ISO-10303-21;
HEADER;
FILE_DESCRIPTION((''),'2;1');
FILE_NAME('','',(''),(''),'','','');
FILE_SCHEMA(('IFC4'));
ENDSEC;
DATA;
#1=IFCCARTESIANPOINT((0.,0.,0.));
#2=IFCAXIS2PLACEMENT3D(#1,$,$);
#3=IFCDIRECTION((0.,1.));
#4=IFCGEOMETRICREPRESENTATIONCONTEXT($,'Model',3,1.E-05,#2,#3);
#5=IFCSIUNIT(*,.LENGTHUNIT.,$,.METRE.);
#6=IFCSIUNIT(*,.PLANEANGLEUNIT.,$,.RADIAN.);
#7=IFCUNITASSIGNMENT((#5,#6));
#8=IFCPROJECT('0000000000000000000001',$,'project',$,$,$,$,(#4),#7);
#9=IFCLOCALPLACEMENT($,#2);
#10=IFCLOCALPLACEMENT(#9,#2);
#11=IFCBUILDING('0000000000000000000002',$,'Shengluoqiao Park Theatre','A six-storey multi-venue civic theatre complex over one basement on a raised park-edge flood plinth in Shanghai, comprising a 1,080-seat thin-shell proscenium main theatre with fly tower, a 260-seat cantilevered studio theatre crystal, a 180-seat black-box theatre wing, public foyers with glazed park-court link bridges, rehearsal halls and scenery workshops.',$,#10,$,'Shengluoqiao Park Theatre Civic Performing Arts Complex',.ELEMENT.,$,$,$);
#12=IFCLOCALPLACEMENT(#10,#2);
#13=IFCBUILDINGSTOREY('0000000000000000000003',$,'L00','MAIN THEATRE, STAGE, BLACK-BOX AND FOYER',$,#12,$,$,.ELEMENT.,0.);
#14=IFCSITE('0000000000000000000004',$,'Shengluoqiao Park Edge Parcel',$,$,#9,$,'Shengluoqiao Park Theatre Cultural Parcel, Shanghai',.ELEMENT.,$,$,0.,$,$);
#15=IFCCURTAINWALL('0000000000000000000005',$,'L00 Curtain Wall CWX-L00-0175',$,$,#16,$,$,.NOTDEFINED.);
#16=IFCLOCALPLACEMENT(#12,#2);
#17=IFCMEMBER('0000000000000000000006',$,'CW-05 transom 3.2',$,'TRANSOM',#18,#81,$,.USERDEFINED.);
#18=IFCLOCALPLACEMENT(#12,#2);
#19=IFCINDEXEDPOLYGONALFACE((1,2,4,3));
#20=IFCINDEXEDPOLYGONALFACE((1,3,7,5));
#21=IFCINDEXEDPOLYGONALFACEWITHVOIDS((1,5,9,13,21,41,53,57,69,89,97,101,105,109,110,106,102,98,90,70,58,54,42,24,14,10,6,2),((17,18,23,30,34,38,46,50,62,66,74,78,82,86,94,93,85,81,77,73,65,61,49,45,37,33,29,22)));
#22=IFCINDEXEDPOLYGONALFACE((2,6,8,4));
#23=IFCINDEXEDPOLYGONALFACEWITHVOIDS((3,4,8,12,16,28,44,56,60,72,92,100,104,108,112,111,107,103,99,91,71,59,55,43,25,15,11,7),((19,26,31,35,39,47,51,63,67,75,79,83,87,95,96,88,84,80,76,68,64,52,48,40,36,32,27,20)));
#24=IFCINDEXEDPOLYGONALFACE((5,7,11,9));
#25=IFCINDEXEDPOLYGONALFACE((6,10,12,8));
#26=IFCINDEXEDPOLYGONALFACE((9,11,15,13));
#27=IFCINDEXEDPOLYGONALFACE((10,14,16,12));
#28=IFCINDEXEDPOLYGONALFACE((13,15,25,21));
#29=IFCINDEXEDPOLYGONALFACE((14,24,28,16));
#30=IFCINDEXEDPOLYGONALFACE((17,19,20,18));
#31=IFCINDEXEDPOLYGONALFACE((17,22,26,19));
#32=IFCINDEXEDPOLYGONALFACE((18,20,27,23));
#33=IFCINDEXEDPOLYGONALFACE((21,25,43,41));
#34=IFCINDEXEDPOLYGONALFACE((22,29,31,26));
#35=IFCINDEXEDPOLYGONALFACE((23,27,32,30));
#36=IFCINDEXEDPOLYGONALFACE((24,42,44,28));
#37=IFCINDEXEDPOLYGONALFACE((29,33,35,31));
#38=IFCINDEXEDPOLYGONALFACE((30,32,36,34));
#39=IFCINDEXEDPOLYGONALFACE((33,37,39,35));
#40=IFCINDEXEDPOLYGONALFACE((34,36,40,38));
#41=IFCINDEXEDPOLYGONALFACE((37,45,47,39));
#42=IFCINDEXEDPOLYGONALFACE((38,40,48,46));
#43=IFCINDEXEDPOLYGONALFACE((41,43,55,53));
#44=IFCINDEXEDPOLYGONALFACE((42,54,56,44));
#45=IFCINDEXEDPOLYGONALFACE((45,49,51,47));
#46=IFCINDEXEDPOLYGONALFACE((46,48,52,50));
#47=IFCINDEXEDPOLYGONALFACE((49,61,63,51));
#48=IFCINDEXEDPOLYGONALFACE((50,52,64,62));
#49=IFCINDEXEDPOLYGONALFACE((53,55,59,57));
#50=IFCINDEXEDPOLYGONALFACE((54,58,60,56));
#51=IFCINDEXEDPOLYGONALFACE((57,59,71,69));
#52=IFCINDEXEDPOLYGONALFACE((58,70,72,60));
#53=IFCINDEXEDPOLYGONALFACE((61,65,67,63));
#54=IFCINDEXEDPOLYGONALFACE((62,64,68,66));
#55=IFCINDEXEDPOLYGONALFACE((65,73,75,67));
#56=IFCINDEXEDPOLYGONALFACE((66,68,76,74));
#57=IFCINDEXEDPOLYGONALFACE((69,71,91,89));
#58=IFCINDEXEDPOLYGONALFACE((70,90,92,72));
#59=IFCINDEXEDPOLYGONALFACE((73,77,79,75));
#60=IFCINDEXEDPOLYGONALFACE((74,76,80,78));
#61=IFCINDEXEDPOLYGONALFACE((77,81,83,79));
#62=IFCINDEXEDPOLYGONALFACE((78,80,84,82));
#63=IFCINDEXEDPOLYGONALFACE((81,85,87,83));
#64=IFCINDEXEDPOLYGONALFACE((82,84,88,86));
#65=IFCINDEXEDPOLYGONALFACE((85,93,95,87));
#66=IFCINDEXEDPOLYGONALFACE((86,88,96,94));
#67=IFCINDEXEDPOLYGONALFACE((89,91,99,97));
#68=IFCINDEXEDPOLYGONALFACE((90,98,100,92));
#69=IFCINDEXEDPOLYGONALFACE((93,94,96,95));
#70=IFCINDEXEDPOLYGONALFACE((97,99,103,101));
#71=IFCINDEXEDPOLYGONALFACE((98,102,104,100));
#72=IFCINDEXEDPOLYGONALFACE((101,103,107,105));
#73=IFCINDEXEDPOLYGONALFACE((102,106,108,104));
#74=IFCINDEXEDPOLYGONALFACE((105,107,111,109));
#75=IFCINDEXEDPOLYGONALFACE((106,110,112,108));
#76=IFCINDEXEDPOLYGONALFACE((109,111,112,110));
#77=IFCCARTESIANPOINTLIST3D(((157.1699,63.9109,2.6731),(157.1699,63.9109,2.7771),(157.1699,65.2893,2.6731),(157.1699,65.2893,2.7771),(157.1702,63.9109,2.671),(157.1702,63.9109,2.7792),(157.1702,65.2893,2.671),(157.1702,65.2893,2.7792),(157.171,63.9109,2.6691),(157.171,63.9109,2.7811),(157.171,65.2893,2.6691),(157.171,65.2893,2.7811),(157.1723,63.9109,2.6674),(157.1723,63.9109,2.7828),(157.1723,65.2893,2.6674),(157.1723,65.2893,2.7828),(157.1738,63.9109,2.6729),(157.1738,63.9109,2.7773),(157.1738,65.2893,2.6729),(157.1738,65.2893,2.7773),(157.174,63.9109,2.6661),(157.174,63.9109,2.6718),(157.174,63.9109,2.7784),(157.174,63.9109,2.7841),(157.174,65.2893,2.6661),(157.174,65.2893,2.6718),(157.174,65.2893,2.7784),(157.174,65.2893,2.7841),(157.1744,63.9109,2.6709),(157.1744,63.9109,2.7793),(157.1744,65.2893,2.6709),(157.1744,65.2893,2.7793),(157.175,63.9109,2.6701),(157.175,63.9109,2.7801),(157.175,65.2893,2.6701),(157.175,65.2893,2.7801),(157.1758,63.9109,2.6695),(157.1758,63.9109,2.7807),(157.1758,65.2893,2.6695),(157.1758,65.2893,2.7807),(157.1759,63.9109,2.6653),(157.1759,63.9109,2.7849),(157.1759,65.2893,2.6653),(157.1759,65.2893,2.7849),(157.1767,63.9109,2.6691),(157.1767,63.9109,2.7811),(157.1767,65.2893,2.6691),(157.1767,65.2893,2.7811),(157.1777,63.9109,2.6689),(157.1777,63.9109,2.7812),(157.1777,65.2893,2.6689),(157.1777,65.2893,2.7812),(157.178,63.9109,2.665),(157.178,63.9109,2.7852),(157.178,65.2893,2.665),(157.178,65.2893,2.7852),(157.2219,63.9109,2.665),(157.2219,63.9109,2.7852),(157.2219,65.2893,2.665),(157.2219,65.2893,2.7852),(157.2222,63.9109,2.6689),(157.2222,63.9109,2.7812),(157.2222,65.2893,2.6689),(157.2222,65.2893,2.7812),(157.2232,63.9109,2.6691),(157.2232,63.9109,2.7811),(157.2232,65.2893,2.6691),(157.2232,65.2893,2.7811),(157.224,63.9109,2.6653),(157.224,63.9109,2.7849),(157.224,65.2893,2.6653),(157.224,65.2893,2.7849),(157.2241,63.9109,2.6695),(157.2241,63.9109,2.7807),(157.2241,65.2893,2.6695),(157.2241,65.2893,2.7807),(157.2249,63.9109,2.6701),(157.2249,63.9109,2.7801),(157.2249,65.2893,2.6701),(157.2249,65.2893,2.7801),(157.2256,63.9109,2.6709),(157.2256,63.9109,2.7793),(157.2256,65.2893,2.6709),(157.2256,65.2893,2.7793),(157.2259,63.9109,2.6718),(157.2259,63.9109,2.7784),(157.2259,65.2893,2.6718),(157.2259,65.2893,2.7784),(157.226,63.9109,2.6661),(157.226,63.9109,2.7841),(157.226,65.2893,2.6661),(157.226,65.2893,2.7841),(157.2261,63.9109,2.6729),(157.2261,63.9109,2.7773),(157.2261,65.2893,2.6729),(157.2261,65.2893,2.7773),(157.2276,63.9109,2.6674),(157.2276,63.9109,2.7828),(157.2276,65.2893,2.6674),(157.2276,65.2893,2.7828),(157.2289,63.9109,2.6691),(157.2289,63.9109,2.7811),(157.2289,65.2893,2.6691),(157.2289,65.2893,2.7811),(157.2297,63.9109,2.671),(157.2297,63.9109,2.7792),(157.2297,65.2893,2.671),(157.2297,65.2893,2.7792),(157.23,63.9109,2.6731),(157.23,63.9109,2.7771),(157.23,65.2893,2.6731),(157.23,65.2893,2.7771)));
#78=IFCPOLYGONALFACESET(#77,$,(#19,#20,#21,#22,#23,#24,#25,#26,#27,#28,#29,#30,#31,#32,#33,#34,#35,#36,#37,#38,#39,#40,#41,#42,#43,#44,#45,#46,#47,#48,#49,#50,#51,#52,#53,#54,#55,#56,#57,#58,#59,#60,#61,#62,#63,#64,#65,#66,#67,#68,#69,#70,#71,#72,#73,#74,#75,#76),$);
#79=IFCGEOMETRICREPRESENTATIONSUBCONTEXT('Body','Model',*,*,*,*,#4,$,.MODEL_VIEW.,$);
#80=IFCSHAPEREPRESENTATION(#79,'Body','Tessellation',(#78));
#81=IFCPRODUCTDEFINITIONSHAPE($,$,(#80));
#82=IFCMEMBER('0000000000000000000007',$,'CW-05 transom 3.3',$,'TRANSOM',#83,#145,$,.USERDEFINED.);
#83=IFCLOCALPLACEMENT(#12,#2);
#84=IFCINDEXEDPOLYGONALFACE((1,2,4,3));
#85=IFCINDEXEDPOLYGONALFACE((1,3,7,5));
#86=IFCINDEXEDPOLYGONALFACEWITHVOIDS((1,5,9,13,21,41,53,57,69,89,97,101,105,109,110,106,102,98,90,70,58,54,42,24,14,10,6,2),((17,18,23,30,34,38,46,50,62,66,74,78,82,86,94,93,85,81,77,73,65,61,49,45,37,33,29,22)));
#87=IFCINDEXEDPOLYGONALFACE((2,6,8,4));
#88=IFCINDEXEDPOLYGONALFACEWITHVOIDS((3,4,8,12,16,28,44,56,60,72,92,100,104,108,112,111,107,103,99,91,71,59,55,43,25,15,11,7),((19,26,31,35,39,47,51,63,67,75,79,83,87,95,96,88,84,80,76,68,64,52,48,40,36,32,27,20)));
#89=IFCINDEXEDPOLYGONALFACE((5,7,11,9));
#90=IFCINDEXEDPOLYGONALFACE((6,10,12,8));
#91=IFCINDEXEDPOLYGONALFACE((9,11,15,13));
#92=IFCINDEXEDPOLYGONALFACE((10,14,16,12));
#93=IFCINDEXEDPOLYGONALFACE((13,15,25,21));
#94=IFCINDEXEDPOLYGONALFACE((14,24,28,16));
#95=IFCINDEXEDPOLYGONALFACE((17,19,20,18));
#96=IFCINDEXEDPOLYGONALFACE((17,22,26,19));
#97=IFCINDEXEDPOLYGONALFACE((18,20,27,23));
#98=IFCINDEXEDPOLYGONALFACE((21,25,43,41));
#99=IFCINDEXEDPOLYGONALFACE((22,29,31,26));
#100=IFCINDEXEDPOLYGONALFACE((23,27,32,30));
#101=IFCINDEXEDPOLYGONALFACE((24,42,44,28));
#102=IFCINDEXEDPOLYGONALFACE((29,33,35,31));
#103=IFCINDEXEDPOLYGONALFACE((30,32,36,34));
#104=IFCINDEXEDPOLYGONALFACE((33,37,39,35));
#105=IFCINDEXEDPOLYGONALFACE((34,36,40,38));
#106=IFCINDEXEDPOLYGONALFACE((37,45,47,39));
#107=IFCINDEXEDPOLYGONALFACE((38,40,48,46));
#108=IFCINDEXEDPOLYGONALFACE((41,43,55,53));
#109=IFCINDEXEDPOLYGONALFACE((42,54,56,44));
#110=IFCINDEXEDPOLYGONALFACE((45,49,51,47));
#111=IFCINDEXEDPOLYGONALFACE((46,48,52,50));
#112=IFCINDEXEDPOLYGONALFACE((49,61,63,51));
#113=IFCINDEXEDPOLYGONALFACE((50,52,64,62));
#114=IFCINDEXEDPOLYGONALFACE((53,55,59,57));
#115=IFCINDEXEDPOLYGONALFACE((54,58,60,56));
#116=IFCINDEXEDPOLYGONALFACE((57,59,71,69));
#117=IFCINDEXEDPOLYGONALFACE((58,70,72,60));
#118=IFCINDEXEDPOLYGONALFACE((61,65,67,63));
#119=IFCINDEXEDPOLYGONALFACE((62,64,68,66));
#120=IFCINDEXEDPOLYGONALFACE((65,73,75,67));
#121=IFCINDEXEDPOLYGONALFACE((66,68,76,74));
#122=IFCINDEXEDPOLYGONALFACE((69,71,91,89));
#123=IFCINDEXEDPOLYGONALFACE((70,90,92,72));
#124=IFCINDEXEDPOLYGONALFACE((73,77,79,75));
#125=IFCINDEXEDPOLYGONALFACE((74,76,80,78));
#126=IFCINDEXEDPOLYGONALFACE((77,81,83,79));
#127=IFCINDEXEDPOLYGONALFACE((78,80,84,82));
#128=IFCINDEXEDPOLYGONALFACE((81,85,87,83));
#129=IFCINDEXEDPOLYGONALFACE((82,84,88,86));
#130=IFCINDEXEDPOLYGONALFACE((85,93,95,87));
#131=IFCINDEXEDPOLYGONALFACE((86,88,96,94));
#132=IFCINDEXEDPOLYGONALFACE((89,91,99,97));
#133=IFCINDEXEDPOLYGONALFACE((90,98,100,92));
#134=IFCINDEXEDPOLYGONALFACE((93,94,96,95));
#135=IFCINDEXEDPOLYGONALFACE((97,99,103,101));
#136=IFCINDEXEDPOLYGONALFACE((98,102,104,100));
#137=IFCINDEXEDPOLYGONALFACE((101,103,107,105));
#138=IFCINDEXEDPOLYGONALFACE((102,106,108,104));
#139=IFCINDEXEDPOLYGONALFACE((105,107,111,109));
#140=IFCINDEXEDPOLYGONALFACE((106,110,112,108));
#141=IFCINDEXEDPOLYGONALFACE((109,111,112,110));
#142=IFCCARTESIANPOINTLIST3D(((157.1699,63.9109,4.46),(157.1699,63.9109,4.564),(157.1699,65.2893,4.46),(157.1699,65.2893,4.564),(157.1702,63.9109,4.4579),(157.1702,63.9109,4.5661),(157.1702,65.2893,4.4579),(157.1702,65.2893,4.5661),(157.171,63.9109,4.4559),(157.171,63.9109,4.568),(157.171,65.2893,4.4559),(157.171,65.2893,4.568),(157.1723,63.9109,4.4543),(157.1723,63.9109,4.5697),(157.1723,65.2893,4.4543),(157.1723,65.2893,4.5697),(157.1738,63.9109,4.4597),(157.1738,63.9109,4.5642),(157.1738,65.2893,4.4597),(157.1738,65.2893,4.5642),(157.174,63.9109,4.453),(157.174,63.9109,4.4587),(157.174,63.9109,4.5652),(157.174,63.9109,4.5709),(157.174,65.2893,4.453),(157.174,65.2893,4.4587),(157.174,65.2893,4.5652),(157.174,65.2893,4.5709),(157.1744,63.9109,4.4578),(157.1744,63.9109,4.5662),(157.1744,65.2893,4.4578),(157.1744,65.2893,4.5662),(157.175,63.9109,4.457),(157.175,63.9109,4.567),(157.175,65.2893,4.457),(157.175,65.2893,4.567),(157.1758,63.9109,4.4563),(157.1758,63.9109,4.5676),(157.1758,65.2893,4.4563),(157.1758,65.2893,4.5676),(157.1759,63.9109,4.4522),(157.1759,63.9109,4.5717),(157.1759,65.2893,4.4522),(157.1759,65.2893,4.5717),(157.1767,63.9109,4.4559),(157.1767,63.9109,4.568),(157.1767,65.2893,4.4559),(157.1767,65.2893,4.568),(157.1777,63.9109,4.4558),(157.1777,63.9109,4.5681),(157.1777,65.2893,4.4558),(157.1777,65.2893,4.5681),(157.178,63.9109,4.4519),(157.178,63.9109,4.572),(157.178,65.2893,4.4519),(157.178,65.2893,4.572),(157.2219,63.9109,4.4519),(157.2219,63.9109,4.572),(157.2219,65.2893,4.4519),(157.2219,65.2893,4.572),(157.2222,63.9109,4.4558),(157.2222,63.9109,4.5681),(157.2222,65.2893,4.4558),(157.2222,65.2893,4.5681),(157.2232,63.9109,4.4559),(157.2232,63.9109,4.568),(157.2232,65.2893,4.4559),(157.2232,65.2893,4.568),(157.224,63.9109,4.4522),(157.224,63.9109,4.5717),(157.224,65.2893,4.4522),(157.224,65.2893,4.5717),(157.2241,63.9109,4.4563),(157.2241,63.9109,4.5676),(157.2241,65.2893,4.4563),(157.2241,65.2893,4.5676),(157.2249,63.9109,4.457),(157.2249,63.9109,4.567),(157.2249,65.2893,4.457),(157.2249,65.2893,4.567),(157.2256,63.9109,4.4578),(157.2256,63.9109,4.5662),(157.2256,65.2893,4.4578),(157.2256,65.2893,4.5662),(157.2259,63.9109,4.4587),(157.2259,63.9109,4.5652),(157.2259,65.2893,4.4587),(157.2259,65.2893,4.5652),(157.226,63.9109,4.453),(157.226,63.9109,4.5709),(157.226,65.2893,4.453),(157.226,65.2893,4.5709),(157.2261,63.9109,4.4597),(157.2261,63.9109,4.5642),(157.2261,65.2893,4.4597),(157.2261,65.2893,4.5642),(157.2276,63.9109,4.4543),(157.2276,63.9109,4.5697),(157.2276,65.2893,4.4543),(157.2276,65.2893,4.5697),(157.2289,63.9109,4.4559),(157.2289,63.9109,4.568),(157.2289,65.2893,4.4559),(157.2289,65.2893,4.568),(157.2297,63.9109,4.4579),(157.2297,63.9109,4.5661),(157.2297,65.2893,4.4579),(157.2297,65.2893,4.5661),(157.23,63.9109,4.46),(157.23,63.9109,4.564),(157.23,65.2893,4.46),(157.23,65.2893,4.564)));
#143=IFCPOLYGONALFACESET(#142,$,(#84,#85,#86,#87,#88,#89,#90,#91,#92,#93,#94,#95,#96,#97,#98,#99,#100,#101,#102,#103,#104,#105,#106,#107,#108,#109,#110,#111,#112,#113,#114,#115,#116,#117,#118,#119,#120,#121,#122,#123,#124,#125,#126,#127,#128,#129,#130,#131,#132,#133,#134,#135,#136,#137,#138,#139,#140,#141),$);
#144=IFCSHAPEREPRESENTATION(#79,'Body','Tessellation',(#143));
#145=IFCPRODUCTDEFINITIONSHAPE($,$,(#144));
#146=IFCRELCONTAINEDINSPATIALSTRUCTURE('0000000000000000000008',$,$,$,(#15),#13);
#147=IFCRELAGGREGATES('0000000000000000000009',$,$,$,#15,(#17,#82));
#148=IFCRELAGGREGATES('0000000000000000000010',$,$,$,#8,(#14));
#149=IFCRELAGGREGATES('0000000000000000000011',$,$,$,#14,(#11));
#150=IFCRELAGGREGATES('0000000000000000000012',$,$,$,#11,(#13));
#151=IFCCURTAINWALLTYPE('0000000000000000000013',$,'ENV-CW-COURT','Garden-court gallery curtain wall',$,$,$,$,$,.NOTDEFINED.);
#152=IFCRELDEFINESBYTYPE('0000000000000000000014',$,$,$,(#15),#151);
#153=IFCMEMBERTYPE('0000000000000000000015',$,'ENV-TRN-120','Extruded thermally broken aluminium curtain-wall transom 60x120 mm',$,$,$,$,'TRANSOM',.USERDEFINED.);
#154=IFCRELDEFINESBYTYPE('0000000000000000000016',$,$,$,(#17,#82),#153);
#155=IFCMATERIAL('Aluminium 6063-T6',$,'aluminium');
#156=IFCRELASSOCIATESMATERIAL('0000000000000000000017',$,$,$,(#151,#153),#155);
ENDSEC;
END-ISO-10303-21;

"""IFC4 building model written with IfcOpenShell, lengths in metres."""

from ifc_helpers import new_model, si_unit, direction, frame, origin, origin_2d, place, context, subcontext, project, spatial, hollow_rectangle, extrude, material, material_profile, profile_set, type_object, element, aggregate, save


model = new_model("IFC4")

# Units and contexts
model_context = context("Model", 3, precision=1e-05, world=origin(), true_north=direction((0.0, 1.0)))
body_context = subcontext(model_context, "Body", "Model", "MODEL_VIEW")
ifc_project = project(units=[si_unit("LENGTHUNIT", "METRE"), si_unit("PLANEANGLEUNIT", "RADIAN")], contexts=[model_context])

# Site, building, storey
site_placement = place(None, origin())
site = spatial("IfcSite", under=ifc_project, at=site_placement, Name="Shengluoqiao Park Edge Parcel", LongName="Shengluoqiao Park Theatre Cultural Parcel, Shanghai", CompositionType="ELEMENT", RefElevation=0.0)
building_placement = place(site_placement, origin())
building = spatial("IfcBuilding", under=site, at=building_placement, Name="Shengluoqiao Park Theatre", Description="A six-storey multi-venue civic theatre complex over one basement on a raised park-edge flood plinth in Shanghai, comprising a 1,080-seat thin-shell proscenium main theatre with fly tower, a 260-seat cantilevered studio theatre crystal, a 180-seat black-box theatre wing, public foyers with glazed park-court link bridges, rehearsal halls and scenery workshops.", LongName="Shengluoqiao Park Theatre Civic Performing Arts Complex", CompositionType="ELEMENT")
storey_placement = place(building_placement, origin())
storey = spatial("IfcBuildingStorey", under=building, at=storey_placement, Name="L00", Description="MAIN THEATRE, STAGE, BLACK-BOX AND FOYER", CompositionType="ELEMENT", Elevation=0.0)

# Curtain wall, members
ifc_material_1 = material(Name="Aluminium 6063-T6", Category="aluminium")
curtain_wall_type = type_object("IfcCurtainWallType", Name="ENV-CW-COURT", Description="Garden-court gallery curtain wall", PredefinedType="NOTDEFINED", material=ifc_material_1)
curtain_wall_placement = place(storey_placement, origin())
curtain_wall = element("IfcCurtainWall", 1, at=curtain_wall_placement, inside=storey, type_object=curtain_wall_type, Name="L00 Curtain Wall CWX-L00-0175", PredefinedType="NOTDEFINED")
ifc_material_profile_1 = material_profile(ifc_material_1, hollow_rectangle(XDim=0.0601, YDim=0.1201, WallThickness=0.0039, InnerFilletRadius=0.0039, OuterFilletRadius=0.0081, at=origin_2d()), Name="ALU TRANSOM 120x60x4")
ifc_profile_set_1 = profile_set([ifc_material_profile_1], Name="Aluminium 6063-T6")
member_type_1 = type_object("IfcMemberType", Name="ENV-TRN-120", Description="Extruded thermally broken aluminium curtain-wall transom 60x120 mm", ElementType="TRANSOM", PredefinedType="USERDEFINED", material=ifc_profile_set_1)
member_1_placement = place(storey_placement, frame((157.2, 63.9109, 2.7251), z_axis=(0.0, 1.0, 0.0), x_axis=(-1.0, 0.0, 0.0)))
member_1 = element("IfcMember", 2, at=member_1_placement, type_object=member_type_1, Name="CW-05 transom 3.2", ObjectType="TRANSOM", PredefinedType="USERDEFINED", context=body_context, shape_type="SweptSolid", body=[
    extrude(hollow_rectangle(XDim=0.0601, YDim=0.1201, WallThickness=0.0039, InnerFilletRadius=0.0039, OuterFilletRadius=0.0081, at=origin_2d()), origin(), (0.0, 0.0, 1.0), 1.3784),
])
member_2_placement = place(storey_placement, frame((157.2, 63.9109, 4.512), z_axis=(0.0, 1.0, 0.0), x_axis=(-1.0, 0.0, 0.0)))
member_2 = element("IfcMember", 3, at=member_2_placement, type_object=member_type_1, Name="CW-05 transom 3.3", ObjectType="TRANSOM", PredefinedType="USERDEFINED", context=body_context, shape_type="SweptSolid", body=[
    extrude(hollow_rectangle(XDim=0.0601, YDim=0.1201, WallThickness=0.0039, InnerFilletRadius=0.0039, OuterFilletRadius=0.0081, at=origin_2d()), origin(), (0.0, 0.0, 1.0), 1.3784),
])
aggregate(curtain_wall, [member_1, member_2])

save(model, "model.ifc")
